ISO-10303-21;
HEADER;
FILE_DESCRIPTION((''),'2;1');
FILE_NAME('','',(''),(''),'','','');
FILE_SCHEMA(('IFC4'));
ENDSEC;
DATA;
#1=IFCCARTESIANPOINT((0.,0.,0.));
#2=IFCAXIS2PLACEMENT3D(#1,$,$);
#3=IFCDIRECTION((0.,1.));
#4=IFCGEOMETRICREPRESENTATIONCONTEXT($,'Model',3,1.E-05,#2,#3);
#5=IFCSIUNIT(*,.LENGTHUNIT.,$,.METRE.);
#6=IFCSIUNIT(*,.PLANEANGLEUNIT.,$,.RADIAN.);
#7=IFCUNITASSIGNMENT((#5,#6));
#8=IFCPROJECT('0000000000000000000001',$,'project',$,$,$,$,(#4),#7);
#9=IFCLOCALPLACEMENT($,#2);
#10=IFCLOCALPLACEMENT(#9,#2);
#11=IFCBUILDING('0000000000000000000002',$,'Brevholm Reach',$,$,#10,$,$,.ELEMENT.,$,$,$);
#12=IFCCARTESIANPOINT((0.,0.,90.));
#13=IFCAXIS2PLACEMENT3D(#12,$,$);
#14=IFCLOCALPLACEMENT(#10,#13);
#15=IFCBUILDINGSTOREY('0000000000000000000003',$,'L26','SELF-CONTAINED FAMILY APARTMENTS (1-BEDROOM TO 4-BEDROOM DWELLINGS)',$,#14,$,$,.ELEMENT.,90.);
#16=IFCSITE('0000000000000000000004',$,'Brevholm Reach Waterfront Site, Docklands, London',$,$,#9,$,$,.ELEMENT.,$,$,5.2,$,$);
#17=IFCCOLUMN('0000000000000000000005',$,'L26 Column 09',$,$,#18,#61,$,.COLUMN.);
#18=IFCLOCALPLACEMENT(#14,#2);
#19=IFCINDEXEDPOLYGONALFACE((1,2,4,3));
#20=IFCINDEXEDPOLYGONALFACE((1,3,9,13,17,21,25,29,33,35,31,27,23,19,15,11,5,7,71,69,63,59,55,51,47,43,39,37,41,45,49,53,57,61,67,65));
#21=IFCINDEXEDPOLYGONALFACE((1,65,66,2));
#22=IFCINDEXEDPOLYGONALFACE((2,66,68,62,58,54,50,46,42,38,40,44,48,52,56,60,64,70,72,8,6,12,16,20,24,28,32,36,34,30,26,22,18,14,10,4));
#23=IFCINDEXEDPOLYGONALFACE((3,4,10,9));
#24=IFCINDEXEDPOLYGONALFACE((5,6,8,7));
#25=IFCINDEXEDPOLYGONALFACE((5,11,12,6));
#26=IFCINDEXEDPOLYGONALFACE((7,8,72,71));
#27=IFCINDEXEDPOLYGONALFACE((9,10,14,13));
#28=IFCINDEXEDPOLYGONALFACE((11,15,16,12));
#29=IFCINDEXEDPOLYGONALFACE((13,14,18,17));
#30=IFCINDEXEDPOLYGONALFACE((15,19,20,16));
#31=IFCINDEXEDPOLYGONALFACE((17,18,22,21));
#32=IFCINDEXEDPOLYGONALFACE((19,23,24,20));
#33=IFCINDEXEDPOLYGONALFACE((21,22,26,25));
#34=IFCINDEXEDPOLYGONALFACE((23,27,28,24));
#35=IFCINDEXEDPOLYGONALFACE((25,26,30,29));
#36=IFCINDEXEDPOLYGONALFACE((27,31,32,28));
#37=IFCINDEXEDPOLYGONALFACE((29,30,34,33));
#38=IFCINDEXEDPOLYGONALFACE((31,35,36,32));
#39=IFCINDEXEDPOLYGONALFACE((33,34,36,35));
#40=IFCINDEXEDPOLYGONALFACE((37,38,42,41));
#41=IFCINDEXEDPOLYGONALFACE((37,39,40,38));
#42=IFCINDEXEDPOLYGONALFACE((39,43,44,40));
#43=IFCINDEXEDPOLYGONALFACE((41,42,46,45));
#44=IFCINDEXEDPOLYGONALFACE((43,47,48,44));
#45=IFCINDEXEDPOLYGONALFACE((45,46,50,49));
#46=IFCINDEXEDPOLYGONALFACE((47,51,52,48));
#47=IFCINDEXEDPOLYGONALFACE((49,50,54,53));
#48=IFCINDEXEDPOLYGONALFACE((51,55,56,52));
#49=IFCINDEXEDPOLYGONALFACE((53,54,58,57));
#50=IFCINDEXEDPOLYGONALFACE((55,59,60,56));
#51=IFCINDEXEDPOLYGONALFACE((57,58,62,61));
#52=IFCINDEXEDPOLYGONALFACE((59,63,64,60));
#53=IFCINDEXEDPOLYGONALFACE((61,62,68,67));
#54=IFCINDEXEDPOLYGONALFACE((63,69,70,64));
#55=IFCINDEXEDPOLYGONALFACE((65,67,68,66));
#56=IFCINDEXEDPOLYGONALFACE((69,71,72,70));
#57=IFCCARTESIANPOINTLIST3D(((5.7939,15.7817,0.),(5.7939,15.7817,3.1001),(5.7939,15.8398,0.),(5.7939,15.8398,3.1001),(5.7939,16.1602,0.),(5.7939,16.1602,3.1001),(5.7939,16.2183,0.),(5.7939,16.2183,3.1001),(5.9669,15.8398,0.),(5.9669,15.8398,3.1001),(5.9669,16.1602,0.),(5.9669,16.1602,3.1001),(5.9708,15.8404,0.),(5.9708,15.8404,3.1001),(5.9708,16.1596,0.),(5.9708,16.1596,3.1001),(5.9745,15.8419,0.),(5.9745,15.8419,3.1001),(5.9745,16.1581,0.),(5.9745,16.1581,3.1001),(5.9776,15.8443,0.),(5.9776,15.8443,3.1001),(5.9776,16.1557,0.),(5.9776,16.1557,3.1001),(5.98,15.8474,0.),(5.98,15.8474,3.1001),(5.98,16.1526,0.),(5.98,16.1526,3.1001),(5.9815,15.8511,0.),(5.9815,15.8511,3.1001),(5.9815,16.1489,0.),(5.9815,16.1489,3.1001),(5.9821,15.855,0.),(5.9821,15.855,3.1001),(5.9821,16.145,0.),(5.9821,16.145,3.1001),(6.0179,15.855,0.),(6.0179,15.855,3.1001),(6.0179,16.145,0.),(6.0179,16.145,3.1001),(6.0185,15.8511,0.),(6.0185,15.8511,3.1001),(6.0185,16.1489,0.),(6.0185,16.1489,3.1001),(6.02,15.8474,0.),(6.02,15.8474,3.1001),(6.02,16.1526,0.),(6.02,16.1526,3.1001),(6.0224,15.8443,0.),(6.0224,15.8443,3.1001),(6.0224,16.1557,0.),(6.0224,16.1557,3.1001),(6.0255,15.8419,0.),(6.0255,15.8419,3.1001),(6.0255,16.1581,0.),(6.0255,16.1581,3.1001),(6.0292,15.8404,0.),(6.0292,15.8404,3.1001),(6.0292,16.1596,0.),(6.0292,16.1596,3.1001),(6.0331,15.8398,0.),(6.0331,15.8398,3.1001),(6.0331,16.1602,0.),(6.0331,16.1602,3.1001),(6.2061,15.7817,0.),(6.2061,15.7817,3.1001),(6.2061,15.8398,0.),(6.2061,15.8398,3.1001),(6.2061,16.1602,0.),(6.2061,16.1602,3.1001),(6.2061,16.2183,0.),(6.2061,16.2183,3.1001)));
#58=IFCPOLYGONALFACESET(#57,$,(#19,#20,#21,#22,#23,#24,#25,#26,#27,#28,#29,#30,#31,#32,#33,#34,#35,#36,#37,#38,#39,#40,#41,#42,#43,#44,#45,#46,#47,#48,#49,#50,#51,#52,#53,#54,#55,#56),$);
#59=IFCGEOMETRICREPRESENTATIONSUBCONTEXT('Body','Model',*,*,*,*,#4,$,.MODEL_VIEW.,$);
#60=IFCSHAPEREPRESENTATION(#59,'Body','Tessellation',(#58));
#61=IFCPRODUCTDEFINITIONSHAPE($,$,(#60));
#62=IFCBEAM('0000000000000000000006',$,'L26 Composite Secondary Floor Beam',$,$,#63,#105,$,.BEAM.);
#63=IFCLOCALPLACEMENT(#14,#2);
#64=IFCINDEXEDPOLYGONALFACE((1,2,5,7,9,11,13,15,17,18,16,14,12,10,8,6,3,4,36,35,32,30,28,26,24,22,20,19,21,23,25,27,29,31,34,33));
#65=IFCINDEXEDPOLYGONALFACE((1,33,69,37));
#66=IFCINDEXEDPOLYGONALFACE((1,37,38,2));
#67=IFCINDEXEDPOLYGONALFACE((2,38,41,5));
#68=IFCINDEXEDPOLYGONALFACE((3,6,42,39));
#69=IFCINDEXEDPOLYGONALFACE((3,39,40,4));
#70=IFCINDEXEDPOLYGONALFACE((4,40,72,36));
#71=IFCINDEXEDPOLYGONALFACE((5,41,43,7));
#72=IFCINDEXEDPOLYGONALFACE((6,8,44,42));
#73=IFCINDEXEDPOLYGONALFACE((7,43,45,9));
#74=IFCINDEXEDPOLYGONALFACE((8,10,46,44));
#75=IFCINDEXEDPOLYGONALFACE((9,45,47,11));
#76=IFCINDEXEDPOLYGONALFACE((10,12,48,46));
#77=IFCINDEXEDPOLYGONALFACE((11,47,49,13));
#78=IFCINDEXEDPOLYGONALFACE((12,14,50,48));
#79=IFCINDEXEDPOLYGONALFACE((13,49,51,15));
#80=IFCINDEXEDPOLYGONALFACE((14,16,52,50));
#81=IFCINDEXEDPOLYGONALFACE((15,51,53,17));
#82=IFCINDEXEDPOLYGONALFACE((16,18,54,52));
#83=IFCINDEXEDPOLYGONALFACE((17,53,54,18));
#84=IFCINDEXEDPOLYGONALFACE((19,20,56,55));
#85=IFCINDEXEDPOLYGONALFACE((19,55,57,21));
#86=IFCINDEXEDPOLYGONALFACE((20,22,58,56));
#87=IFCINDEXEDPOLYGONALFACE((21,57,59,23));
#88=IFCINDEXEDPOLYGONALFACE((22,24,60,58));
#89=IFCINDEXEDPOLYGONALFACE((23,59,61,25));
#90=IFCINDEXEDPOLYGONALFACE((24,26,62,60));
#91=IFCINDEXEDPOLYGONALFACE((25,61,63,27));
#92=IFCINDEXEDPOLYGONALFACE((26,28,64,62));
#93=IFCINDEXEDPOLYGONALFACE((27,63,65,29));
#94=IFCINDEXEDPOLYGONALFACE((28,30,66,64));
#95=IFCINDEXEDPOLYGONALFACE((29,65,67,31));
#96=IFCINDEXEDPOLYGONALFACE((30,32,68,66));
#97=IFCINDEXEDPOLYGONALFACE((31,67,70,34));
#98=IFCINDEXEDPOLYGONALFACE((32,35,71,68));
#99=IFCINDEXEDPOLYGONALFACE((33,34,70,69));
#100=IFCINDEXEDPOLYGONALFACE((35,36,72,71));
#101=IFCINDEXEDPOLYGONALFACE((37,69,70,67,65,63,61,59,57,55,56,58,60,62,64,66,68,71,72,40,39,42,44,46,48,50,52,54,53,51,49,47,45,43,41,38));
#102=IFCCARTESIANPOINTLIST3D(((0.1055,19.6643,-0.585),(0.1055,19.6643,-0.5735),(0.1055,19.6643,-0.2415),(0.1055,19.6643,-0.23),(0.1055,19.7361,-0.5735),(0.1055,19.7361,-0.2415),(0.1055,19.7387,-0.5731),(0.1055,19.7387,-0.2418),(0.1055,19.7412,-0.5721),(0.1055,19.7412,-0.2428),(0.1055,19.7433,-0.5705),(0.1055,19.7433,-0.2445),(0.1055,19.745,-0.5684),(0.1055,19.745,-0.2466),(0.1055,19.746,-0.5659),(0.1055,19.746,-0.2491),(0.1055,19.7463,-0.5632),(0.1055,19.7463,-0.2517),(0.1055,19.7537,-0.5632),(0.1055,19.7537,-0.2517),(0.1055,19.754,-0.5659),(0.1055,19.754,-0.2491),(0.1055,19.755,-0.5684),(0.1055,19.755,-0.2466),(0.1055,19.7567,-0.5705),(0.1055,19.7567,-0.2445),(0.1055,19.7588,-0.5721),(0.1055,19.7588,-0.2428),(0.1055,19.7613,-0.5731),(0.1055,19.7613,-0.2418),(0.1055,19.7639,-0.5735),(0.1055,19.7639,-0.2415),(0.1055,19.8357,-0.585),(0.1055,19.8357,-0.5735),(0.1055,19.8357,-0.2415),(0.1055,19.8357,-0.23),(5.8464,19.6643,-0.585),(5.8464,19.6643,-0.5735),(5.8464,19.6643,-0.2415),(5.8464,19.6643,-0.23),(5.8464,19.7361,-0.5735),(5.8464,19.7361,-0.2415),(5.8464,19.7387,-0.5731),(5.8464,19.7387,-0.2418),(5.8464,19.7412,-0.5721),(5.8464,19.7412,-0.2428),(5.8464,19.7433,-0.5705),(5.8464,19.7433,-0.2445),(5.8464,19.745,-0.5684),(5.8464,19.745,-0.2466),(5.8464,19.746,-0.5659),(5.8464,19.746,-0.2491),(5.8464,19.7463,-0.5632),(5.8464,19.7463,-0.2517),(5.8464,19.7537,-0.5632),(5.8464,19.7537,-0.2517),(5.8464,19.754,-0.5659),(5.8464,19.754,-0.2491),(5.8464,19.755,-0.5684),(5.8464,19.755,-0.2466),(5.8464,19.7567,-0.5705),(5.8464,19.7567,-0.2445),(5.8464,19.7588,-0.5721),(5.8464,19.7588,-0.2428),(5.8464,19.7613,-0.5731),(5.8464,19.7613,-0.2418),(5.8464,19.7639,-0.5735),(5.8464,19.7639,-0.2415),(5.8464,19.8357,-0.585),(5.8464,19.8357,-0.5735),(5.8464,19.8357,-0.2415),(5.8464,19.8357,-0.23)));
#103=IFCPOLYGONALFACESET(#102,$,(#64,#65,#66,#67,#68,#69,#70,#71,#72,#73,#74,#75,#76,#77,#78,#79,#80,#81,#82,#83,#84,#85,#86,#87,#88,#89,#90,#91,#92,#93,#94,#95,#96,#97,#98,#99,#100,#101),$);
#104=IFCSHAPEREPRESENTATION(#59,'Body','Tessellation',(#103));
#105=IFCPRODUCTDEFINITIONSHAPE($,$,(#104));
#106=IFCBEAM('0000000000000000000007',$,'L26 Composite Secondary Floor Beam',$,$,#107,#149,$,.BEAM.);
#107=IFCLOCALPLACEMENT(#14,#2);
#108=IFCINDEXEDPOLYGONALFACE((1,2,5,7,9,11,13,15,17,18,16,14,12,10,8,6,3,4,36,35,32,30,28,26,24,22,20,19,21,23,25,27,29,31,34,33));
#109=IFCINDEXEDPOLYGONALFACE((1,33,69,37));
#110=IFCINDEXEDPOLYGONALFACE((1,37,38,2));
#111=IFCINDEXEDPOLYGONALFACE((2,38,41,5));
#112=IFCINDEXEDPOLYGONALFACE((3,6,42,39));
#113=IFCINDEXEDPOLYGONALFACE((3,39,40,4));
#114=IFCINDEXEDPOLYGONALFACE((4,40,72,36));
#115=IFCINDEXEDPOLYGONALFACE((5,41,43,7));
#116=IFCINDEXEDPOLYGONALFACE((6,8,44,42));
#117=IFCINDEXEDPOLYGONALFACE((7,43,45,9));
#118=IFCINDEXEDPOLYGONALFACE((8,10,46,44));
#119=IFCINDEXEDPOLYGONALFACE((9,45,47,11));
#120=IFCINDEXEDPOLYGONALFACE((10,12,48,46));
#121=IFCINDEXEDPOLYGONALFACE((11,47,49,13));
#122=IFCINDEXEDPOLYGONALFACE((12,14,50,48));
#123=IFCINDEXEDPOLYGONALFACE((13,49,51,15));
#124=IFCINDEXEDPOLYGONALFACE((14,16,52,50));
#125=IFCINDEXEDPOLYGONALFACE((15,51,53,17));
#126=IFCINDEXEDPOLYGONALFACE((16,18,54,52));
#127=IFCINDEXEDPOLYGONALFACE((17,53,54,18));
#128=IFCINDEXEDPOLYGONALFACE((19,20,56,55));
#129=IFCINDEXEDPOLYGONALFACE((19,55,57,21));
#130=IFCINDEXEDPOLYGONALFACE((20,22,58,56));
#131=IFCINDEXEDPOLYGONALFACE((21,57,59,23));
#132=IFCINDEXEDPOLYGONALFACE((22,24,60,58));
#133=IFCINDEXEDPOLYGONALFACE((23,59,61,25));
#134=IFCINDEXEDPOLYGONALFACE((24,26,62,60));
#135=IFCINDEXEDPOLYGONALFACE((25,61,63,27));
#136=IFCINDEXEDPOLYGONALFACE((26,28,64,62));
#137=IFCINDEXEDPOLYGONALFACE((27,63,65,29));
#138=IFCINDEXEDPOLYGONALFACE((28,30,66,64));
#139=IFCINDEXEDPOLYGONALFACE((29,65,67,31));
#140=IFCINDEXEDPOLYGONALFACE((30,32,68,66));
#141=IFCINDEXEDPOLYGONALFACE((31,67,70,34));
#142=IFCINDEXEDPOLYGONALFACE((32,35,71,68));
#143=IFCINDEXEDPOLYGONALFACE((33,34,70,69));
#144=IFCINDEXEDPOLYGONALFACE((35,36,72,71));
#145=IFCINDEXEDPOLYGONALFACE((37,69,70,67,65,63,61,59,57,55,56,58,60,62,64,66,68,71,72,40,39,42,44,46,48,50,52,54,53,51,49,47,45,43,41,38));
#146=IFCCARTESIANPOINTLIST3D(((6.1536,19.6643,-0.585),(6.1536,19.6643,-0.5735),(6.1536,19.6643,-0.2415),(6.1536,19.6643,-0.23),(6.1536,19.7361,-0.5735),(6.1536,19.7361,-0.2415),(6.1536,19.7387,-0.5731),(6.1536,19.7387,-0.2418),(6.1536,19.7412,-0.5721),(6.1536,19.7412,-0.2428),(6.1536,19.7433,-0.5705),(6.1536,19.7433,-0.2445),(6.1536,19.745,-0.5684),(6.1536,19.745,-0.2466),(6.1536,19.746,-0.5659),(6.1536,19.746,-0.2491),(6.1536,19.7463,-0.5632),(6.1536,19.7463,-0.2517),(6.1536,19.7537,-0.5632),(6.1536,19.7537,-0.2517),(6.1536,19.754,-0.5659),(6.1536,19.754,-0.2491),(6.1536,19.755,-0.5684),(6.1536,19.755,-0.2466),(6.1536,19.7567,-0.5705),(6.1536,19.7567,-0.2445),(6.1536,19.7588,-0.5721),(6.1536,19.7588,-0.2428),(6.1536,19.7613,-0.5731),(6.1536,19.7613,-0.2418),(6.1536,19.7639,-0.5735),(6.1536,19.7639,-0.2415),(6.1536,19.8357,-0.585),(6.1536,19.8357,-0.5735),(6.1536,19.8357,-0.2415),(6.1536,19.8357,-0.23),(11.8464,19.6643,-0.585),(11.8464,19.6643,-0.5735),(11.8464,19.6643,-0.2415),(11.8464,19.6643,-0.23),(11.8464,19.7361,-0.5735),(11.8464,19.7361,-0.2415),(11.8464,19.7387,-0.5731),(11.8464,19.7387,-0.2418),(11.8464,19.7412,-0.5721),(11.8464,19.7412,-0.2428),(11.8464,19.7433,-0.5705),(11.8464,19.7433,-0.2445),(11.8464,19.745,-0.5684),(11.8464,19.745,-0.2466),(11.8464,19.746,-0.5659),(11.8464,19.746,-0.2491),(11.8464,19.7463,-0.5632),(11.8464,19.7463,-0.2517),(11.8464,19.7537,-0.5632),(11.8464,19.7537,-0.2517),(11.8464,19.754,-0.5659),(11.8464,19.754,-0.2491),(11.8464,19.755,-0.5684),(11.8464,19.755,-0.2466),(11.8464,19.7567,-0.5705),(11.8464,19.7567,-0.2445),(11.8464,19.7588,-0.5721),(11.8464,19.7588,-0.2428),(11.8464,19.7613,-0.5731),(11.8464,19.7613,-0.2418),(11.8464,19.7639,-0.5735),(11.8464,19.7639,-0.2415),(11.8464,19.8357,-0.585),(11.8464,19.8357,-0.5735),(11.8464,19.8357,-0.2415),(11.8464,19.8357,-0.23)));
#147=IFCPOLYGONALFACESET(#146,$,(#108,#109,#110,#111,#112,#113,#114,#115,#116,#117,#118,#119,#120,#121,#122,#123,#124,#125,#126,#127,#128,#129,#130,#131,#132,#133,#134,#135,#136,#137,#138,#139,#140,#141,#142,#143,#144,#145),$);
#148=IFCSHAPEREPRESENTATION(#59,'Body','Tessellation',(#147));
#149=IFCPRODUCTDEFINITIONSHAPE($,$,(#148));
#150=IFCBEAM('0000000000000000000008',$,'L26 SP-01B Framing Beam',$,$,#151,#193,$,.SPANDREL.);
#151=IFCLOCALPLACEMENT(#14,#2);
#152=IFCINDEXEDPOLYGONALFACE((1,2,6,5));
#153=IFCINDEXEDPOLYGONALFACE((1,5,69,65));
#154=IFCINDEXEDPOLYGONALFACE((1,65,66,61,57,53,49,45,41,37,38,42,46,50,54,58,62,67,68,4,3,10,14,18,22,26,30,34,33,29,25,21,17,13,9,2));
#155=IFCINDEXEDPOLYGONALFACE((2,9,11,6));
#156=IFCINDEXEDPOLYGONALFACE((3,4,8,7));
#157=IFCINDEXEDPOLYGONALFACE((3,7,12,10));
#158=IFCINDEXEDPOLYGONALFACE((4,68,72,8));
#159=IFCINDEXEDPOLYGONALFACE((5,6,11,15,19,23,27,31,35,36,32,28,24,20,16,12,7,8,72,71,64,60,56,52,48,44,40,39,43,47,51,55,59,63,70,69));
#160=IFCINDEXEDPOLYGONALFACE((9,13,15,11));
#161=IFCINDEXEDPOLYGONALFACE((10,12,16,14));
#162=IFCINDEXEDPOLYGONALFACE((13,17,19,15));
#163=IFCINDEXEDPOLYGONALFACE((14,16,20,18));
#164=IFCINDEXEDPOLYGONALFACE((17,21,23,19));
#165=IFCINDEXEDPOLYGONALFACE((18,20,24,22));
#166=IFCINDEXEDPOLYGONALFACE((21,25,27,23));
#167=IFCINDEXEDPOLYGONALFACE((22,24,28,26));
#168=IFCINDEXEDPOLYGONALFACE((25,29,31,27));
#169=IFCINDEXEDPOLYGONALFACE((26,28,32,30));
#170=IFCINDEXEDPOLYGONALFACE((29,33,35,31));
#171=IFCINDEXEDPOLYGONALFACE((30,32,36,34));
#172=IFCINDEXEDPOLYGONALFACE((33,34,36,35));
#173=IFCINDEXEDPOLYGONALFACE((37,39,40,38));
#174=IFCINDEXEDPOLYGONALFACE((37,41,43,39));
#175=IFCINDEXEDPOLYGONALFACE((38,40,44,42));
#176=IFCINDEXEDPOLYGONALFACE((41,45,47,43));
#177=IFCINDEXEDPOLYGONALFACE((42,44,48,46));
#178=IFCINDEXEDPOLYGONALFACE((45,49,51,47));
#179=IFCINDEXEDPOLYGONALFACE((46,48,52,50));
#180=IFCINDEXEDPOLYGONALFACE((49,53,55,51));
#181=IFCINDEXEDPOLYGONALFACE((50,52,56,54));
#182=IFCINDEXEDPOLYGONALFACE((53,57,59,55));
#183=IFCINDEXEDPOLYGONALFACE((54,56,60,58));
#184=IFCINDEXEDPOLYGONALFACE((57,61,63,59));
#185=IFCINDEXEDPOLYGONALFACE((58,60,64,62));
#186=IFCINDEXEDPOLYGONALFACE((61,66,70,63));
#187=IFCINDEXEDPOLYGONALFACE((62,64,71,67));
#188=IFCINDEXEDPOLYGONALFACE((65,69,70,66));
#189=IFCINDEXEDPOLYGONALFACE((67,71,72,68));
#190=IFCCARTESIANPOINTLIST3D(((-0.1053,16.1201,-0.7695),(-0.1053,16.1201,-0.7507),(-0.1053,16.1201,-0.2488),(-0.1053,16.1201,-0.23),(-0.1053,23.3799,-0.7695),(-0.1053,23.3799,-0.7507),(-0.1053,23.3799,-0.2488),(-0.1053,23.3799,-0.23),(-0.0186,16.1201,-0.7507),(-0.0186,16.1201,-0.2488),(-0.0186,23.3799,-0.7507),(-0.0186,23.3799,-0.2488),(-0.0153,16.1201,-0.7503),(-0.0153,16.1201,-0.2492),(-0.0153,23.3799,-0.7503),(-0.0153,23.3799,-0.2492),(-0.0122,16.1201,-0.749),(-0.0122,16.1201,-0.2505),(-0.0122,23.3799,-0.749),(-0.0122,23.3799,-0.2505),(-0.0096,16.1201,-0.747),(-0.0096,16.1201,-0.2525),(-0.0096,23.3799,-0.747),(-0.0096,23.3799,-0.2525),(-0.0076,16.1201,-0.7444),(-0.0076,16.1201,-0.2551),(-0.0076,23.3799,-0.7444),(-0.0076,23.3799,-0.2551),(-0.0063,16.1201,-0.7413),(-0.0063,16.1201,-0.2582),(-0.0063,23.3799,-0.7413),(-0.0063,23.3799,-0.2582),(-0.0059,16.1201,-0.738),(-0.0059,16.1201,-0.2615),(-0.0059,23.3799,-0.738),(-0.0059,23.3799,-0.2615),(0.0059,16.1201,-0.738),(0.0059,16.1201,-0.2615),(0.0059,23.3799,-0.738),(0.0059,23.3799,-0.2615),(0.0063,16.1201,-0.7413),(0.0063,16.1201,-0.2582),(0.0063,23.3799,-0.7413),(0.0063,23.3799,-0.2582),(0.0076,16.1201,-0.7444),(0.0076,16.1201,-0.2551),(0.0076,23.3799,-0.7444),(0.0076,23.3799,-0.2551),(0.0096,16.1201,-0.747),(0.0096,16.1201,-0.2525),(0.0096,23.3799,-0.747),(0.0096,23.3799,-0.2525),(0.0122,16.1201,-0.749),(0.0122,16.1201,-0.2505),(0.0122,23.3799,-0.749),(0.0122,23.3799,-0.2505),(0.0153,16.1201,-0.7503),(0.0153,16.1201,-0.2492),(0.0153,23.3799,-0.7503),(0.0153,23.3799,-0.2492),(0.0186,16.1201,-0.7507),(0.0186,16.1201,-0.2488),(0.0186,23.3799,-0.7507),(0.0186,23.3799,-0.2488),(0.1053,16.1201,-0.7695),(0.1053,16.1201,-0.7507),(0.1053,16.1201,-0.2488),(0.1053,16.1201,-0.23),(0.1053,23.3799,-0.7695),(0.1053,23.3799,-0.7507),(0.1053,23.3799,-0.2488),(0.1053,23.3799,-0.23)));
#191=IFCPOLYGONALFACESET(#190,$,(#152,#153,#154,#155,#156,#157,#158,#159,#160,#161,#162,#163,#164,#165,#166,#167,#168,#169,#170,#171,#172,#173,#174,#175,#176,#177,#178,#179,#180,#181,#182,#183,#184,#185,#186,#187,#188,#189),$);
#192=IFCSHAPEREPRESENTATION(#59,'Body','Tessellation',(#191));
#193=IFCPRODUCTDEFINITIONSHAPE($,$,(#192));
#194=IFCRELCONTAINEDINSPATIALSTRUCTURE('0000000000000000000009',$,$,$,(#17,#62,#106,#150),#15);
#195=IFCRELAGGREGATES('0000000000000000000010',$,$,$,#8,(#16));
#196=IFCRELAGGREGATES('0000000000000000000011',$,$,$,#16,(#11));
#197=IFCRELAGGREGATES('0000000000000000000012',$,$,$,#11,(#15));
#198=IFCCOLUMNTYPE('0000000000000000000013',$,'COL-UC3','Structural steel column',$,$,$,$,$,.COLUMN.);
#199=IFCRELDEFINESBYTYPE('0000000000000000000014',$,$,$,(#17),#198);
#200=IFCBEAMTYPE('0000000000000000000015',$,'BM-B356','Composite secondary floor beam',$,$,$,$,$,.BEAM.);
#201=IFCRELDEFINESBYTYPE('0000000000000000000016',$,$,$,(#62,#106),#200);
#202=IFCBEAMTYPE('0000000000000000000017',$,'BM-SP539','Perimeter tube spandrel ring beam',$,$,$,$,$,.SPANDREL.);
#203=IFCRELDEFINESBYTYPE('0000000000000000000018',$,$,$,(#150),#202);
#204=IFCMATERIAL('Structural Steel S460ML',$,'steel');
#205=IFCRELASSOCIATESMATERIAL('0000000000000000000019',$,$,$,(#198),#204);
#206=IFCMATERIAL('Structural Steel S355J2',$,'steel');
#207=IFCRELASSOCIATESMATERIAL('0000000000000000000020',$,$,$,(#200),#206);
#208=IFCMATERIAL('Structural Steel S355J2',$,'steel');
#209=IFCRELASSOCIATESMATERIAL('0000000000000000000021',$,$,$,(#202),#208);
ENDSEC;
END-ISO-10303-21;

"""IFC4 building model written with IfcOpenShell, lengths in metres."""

from ifc_helpers import new_model, si_unit, direction, frame, origin, origin_2d, place, context, subcontext, project, spatial, i_section, extrude, material, material_profile, profile_set, type_object, element, save


model = new_model("IFC4")

# Units and contexts
model_context = context("Model", 3, precision=1e-05, world=origin(), true_north=direction((0.0, 1.0)))
body_context = subcontext(model_context, "Body", "Model", "MODEL_VIEW")
ifc_project = project(units=[si_unit("LENGTHUNIT", "METRE"), si_unit("PLANEANGLEUNIT", "RADIAN")], contexts=[model_context])

# Site, building, storey
site_placement = place(None, origin())
site = spatial("IfcSite", under=ifc_project, at=site_placement, Name="Brevholm Reach Waterfront Site, Docklands, London", CompositionType="ELEMENT", RefElevation=5.2)
building_placement = place(site_placement, origin())
building = spatial("IfcBuilding", under=site, at=building_placement, Name="Brevholm Reach", CompositionType="ELEMENT")
storey_placement = place(building_placement, frame((0.0, 0.0, 90.0)))
storey = spatial("IfcBuildingStorey", under=building, at=storey_placement, Name="L26", Description="SELF-CONTAINED FAMILY APARTMENTS (1-BEDROOM TO 4-BEDROOM DWELLINGS)", CompositionType="ELEMENT", Elevation=90.0)

# Column
ifc_material_1 = material(Name="Structural Steel S460ML", Category="steel")
ifc_material_profile_1 = material_profile(ifc_material_1, i_section(OverallWidth=0.4121, OverallDepth=0.4365, WebThickness=0.0359, FlangeThickness=0.0581, FilletRadius=0.0151, at=origin_2d()), Name="UKC 356x406x467")
ifc_profile_set_1 = profile_set([ifc_material_profile_1], Name="Structural Steel S460ML")
column_type = type_object("IfcColumnType", Name="COL-UC3", Description="Structural steel column", PredefinedType="COLUMN", material=ifc_profile_set_1)
column_placement = place(storey_placement, frame((6.0, 16.0, 0.0), z_axis=(0.0, 0.0, 1.0), x_axis=(1.0, 0.0, 0.0)))
element("IfcColumn", 1, at=column_placement, inside=storey, type_object=column_type, Name="L26 Column 09", PredefinedType="COLUMN", context=body_context, shape_type="SweptSolid", body=[
    extrude(i_section(OverallWidth=0.4121, OverallDepth=0.4365, WebThickness=0.0359, FlangeThickness=0.0581, FilletRadius=0.0151, at=origin_2d()), origin(), (0.0, 0.0, 1.0), 3.1001),
])

# Beams
ifc_material_2 = material(Name="Structural Steel S355J2", Category="steel")
ifc_material_profile_2 = material_profile(ifc_material_2, i_section(OverallWidth=0.1714, OverallDepth=0.355, WebThickness=0.0073, FlangeThickness=0.0115, FilletRadius=0.0103, at=origin_2d()), Name="UKB 356x171x51")
ifc_profile_set_2 = profile_set([ifc_material_profile_2], Name="Structural Steel S355J2")
beam_type_1 = type_object("IfcBeamType", Name="BM-B356", Description="Composite secondary floor beam", PredefinedType="BEAM", material=ifc_profile_set_2)
beam_1_placement = place(storey_placement, frame((0.1055, 19.75, -0.4075), z_axis=(1.0, 0.0, 0.0), x_axis=(0.0, 1.0, 0.0)))
element("IfcBeam", 2, at=beam_1_placement, inside=storey, type_object=beam_type_1, Name="L26 Composite Secondary Floor Beam", PredefinedType="BEAM", context=body_context, shape_type="SweptSolid", body=[
    extrude(i_section(OverallWidth=0.1714, OverallDepth=0.355, WebThickness=0.0073, FlangeThickness=0.0115, FilletRadius=0.0103, at=origin_2d()), origin(), (0.0, 0.0, 1.0), 5.741),
])
beam_2_placement = place(storey_placement, frame((6.1536, 19.75, -0.4075), z_axis=(1.0, 0.0, 0.0), x_axis=(0.0, 1.0, 0.0)))
element("IfcBeam", 3, at=beam_2_placement, inside=storey, type_object=beam_type_1, Name="L26 Composite Secondary Floor Beam", PredefinedType="BEAM", context=body_context, shape_type="SweptSolid", body=[
    extrude(i_section(OverallWidth=0.1714, OverallDepth=0.355, WebThickness=0.0073, FlangeThickness=0.0115, FilletRadius=0.0103, at=origin_2d()), origin(), (0.0, 0.0, 1.0), 5.6929),
])
ifc_material_3 = material(Name="Structural Steel S355J2", Category="steel")
ifc_material_profile_3 = material_profile(ifc_material_3, i_section(OverallWidth=0.2107, OverallDepth=0.5396, WebThickness=0.0117, FlangeThickness=0.0188, FilletRadius=0.0127, at=origin_2d()), Name="UKB 533x210x109")
ifc_profile_set_3 = profile_set([ifc_material_profile_3], Name="Structural Steel S355J2")
beam_type_2 = type_object("IfcBeamType", Name="BM-SP539", Description="Perimeter tube spandrel ring beam", PredefinedType="SPANDREL", material=ifc_profile_set_3)
beam_3_placement = place(storey_placement, frame((0.0, 16.1201, -0.4998), z_axis=(0.0, 1.0, 0.0), x_axis=(-1.0, 0.0, 0.0)))
element("IfcBeam", 4, at=beam_3_placement, inside=storey, type_object=beam_type_2, Name="L26 SP-01B Framing Beam", PredefinedType="SPANDREL", context=body_context, shape_type="SweptSolid", body=[
    extrude(i_section(OverallWidth=0.2107, OverallDepth=0.5396, WebThickness=0.0117, FlangeThickness=0.0188, FilletRadius=0.0127, at=origin_2d()), origin(), (0.0, 0.0, 1.0), 7.2598),
])

save(model, "model.ifc")
